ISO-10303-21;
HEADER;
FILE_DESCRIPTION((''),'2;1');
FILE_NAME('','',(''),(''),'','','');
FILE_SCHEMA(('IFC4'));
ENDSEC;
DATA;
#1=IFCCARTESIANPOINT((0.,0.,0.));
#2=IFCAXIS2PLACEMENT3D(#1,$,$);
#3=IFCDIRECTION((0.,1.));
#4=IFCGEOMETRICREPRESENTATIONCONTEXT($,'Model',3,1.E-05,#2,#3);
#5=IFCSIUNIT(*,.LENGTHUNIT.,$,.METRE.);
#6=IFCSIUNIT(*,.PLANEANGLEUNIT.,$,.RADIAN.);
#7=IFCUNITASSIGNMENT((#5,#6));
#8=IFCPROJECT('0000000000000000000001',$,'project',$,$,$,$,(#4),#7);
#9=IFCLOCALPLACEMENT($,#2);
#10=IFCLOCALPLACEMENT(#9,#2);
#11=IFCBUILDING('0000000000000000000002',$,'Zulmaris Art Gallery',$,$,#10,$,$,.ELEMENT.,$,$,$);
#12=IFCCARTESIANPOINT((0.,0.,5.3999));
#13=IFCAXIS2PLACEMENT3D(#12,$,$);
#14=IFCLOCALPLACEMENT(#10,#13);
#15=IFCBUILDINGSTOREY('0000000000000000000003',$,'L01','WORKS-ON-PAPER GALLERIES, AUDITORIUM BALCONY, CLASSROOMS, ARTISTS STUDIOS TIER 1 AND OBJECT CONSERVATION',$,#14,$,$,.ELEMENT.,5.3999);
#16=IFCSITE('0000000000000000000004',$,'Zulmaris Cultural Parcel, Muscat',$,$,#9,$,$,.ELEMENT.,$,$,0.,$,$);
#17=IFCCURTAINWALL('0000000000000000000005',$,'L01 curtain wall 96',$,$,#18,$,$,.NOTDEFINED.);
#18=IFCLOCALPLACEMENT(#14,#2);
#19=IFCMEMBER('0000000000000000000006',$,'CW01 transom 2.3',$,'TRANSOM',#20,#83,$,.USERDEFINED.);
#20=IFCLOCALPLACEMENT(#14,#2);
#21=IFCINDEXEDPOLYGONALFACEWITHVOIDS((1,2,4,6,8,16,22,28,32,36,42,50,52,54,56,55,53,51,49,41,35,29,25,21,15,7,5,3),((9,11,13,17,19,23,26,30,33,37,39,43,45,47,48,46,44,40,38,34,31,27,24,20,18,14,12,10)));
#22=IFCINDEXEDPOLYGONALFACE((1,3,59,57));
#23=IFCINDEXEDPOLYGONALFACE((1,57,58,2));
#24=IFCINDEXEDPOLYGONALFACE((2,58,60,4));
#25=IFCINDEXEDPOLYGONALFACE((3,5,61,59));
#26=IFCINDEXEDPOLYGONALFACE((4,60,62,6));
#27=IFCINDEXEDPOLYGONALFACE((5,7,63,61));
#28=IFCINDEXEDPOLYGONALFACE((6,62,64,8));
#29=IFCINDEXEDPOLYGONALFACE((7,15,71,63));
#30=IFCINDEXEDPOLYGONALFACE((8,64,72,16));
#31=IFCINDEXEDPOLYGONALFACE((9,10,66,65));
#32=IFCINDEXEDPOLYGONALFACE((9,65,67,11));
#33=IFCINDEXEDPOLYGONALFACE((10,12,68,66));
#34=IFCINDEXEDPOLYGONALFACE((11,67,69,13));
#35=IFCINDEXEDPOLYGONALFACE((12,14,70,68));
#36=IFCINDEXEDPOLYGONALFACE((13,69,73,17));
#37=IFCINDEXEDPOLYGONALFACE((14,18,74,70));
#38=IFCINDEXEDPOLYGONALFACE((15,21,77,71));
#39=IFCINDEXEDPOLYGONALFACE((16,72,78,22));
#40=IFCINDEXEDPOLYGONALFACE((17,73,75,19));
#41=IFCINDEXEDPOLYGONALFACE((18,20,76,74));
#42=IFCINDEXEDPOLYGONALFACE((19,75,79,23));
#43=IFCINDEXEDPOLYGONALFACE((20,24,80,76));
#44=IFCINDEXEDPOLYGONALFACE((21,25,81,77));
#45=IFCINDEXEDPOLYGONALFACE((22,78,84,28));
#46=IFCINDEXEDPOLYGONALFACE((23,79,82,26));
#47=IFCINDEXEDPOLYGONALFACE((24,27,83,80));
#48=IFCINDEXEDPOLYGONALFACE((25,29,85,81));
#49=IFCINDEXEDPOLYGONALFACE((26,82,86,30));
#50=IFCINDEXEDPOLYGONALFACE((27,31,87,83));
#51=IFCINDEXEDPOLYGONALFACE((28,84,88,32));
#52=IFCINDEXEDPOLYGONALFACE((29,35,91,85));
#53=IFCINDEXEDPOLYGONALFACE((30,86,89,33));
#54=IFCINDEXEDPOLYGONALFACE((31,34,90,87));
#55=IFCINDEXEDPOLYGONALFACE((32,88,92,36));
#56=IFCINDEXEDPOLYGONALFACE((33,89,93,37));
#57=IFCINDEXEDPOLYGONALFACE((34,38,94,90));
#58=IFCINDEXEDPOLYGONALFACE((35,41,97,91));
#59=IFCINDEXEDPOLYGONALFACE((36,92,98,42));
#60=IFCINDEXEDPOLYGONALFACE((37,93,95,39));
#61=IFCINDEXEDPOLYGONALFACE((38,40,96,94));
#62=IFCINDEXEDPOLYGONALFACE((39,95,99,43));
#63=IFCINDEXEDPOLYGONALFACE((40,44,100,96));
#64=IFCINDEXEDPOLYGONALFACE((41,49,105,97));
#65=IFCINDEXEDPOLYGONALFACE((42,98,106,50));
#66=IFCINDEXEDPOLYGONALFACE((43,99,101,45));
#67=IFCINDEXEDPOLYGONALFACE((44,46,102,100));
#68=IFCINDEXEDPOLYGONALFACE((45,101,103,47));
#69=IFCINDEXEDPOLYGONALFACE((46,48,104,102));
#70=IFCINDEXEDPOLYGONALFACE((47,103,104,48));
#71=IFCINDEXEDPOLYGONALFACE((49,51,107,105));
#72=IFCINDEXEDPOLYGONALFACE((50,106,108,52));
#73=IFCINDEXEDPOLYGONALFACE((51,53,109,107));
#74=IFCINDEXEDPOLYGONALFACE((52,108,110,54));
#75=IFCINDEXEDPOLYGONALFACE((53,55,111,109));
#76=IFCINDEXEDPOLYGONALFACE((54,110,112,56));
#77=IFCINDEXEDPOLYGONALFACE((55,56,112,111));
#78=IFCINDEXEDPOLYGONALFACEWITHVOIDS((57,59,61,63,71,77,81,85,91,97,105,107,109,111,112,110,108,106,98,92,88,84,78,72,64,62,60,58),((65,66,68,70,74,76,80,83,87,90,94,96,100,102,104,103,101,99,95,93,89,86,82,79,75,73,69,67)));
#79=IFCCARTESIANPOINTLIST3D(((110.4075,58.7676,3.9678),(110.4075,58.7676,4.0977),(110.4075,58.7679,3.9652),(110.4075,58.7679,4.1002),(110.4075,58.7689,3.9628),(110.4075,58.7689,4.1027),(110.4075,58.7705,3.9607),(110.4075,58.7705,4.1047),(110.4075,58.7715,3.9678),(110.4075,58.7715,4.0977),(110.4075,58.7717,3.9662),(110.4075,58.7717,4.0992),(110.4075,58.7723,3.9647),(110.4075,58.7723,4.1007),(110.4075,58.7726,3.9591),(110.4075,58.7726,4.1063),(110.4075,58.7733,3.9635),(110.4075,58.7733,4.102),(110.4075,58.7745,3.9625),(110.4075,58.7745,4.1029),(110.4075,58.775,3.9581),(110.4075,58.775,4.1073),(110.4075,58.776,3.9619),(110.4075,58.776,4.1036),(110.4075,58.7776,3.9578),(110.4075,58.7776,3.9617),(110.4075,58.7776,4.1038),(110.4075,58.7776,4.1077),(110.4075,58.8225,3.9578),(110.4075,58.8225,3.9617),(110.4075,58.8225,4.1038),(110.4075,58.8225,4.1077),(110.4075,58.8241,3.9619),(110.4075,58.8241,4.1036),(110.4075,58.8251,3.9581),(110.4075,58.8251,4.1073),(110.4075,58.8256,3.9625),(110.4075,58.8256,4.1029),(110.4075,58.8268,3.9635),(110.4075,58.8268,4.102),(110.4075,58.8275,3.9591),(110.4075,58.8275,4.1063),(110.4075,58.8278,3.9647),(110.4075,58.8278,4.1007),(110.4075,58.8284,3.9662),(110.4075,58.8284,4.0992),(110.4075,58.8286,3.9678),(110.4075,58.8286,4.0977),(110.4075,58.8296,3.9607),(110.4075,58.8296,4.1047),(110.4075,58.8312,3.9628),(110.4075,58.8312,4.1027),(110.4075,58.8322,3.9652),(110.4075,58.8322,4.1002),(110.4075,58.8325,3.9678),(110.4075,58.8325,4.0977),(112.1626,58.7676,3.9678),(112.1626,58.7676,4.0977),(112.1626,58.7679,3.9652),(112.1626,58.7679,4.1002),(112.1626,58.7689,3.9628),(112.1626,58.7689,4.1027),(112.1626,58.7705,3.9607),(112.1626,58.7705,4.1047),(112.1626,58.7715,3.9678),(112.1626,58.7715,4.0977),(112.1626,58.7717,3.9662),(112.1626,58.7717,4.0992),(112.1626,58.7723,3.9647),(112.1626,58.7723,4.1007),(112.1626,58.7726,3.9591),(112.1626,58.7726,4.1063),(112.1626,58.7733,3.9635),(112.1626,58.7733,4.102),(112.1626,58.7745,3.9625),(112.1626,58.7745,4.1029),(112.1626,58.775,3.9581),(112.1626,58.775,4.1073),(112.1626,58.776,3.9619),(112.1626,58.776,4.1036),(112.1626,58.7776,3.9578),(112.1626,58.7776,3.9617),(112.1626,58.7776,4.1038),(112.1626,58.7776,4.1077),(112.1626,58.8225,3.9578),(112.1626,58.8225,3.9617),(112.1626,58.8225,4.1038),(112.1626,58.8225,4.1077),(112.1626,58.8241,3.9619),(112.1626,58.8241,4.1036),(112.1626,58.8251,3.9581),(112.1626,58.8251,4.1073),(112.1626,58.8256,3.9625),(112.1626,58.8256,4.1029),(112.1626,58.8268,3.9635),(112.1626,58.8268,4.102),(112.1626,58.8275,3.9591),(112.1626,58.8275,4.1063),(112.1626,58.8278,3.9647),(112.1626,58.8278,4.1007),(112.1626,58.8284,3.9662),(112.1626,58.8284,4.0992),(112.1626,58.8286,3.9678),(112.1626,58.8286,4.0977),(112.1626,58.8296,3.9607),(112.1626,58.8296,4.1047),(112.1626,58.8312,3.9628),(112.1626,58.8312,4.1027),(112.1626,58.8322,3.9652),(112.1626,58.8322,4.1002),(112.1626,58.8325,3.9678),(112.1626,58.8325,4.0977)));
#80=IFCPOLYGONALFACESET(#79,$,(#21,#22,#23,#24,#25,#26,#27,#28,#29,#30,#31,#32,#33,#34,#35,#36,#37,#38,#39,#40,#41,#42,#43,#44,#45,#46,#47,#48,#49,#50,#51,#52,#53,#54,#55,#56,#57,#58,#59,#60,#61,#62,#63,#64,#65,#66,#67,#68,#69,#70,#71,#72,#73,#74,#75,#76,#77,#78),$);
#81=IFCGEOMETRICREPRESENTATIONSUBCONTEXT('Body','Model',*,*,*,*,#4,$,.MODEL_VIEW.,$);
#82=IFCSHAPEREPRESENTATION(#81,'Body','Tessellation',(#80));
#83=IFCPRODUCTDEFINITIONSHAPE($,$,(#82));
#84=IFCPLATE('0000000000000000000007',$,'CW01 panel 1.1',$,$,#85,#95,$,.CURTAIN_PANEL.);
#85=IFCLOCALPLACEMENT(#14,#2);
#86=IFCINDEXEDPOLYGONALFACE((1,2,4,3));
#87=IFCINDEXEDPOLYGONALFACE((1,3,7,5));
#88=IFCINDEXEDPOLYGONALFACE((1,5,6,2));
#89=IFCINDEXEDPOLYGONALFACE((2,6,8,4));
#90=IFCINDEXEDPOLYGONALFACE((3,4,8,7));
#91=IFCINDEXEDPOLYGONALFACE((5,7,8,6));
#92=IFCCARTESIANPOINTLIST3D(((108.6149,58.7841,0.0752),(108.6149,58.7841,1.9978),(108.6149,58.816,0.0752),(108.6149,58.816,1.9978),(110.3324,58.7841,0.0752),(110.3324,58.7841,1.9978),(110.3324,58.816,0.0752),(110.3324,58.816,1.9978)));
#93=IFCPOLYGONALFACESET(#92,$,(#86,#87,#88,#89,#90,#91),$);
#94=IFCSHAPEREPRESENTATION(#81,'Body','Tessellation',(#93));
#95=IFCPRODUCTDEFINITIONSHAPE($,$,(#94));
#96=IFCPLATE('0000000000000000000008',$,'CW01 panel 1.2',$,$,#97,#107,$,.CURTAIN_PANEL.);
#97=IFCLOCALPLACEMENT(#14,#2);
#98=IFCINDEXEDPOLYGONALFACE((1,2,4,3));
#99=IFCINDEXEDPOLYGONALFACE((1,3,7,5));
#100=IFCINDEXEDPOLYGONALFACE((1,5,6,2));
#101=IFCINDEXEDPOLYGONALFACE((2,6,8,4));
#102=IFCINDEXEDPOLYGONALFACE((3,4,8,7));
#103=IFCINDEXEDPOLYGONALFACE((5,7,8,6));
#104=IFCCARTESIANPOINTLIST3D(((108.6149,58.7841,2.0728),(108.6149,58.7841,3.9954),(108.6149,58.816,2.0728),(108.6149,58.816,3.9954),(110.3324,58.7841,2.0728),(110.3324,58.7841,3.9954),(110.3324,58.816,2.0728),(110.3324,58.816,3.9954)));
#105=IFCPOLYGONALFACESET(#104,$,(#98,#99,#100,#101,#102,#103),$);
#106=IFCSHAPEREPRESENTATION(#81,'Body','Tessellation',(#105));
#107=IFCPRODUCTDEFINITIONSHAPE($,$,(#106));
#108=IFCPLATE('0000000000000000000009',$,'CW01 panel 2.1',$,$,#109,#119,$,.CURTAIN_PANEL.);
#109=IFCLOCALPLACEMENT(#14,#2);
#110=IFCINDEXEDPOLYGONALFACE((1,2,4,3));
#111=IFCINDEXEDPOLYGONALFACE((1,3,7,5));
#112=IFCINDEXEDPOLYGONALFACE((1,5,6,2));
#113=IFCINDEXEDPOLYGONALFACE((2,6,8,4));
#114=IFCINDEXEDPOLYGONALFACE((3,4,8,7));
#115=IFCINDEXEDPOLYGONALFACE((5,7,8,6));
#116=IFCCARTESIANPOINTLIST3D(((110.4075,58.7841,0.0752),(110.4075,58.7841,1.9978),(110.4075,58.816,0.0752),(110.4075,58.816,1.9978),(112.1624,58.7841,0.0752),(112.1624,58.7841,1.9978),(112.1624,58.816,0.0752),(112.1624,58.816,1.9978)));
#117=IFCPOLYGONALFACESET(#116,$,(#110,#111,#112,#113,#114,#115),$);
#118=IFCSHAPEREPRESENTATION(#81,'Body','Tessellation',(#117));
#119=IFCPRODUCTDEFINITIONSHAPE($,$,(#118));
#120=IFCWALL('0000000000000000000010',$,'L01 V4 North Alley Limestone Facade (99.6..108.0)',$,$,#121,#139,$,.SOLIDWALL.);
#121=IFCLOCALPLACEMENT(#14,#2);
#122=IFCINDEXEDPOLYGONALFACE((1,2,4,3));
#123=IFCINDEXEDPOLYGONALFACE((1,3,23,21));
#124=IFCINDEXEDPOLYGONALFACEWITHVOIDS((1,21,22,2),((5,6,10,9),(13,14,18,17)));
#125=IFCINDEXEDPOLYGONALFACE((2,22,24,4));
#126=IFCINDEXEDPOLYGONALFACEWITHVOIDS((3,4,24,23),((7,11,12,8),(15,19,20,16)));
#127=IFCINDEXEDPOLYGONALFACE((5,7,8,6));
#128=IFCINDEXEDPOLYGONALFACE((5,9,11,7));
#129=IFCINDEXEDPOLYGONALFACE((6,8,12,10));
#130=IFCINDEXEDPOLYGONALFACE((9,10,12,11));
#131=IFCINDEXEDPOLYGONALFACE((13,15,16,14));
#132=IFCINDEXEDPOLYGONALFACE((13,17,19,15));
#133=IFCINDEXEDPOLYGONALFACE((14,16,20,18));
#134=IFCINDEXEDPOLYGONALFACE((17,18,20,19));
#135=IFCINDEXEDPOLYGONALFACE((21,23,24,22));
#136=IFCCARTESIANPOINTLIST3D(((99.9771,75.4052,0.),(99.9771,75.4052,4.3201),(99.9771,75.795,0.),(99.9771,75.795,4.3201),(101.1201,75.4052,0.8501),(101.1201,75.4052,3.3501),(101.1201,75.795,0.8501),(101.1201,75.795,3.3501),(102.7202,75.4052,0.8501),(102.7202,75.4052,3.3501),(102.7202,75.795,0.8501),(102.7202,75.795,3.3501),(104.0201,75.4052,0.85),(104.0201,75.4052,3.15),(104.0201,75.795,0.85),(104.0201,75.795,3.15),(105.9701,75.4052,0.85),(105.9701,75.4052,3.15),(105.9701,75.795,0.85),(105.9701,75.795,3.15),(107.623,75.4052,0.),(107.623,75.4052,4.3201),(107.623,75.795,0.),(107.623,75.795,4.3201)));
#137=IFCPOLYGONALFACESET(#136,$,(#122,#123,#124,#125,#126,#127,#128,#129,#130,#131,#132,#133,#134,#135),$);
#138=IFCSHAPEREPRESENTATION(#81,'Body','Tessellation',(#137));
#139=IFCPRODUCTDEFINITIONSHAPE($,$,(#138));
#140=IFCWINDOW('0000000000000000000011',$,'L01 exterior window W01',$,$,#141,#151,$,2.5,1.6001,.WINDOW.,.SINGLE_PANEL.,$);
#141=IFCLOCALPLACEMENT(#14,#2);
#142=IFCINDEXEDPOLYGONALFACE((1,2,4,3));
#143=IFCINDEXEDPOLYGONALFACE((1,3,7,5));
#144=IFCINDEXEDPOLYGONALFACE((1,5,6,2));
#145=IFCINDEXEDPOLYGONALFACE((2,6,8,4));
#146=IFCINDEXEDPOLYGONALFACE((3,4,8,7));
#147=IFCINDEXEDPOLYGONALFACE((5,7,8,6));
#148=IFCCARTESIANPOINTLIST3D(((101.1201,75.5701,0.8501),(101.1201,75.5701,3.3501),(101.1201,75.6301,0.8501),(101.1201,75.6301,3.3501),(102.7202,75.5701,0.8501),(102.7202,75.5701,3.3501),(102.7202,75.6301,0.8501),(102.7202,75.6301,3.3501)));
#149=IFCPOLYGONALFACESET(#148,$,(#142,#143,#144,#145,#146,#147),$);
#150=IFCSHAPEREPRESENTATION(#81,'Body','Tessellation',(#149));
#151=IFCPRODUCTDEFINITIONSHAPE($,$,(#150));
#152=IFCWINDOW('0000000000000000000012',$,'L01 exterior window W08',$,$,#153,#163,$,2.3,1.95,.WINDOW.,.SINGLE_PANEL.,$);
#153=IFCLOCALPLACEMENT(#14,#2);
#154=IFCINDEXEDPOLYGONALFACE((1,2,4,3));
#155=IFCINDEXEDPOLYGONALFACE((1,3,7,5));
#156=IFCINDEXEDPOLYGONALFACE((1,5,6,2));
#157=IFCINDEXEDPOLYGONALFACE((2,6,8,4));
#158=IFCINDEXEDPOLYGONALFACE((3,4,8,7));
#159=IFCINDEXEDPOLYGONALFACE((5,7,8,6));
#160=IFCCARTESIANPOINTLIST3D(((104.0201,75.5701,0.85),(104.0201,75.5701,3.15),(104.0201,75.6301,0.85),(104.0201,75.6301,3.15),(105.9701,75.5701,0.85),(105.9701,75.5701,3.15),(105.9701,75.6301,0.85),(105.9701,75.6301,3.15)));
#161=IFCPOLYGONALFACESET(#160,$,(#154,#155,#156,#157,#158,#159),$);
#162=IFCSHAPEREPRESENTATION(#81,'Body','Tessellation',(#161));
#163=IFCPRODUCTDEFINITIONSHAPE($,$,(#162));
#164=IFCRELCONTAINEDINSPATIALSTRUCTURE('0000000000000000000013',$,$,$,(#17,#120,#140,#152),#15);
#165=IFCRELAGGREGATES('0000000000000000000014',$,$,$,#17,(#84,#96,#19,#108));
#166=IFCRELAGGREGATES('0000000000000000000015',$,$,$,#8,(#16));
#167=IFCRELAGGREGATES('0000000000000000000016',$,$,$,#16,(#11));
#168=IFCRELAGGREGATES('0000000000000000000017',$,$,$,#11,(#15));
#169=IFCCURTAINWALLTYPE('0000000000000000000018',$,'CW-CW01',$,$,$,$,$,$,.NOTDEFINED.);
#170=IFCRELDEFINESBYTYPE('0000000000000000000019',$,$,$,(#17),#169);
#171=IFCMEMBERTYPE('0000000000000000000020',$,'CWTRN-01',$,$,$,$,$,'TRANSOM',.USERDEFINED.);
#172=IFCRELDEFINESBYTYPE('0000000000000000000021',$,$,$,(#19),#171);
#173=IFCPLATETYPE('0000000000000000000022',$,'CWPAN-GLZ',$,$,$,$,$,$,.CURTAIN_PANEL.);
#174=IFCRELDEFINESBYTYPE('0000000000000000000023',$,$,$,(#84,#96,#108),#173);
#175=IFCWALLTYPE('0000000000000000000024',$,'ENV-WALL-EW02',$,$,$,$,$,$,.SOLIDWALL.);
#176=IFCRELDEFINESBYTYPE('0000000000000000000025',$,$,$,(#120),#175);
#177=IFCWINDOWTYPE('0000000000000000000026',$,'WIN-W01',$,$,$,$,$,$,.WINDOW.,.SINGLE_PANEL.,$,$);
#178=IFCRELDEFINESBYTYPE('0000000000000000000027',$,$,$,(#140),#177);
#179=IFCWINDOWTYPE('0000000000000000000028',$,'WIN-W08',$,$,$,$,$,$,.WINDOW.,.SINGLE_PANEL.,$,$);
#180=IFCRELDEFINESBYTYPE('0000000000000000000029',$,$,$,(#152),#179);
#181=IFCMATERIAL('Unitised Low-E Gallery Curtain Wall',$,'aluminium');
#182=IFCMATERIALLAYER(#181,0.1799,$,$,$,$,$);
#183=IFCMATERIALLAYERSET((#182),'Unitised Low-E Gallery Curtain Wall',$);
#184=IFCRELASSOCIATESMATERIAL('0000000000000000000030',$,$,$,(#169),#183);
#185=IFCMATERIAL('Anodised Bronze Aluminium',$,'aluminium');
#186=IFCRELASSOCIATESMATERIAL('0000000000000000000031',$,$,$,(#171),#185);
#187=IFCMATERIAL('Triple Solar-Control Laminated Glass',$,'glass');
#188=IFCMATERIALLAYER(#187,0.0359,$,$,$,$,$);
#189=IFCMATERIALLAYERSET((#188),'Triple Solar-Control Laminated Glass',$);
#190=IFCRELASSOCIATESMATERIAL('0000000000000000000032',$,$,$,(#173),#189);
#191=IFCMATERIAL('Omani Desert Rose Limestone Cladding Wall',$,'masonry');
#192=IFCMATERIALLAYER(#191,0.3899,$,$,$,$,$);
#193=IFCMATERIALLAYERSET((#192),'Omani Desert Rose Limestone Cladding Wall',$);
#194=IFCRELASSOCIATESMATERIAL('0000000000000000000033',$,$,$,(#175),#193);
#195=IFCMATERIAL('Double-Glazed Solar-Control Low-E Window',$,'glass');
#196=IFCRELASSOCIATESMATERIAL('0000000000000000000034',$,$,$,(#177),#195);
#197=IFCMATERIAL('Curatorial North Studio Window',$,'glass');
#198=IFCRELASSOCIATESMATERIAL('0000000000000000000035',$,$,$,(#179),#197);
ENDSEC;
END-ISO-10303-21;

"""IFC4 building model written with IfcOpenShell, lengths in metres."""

from ifc_helpers import new_model, si_unit, direction, frame, frame_2d, origin, origin_2d, place, context, subcontext, project, spatial, rectangle, hollow_rectangle, extrude, material, layer, layer_set, material_profile, profile_set, type_object, element, fill, aggregate, save


model = new_model("IFC4")

# Units and contexts
model_context = context("Model", 3, precision=1e-05, world=origin(), true_north=direction((0.0, 1.0)))
body_context = subcontext(model_context, "Body", "Model", "MODEL_VIEW")
ifc_project = project(units=[si_unit("LENGTHUNIT", "METRE"), si_unit("PLANEANGLEUNIT", "RADIAN")], contexts=[model_context])

# Site, building, storey
site_placement = place(None, origin())
site = spatial("IfcSite", under=ifc_project, at=site_placement, Name="Zulmaris Cultural Parcel, Muscat", CompositionType="ELEMENT", RefElevation=0.0)
building_placement = place(site_placement, origin())
building = spatial("IfcBuilding", under=site, at=building_placement, Name="Zulmaris Art Gallery", CompositionType="ELEMENT")
storey_placement = place(building_placement, frame((0.0, 0.0, 5.3999)))
storey = spatial("IfcBuildingStorey", under=building, at=storey_placement, Name="L01", Description="WORKS-ON-PAPER GALLERIES, AUDITORIUM BALCONY, CLASSROOMS, ARTISTS STUDIOS TIER 1 AND OBJECT CONSERVATION", CompositionType="ELEMENT", Elevation=5.3999)

# Curtain wall, member, plates
ifc_material_1 = material(Name="Unitised Low-E Gallery Curtain Wall", Category="aluminium")
ifc_layer_1 = layer(ifc_material_1, 0.1799)
ifc_layer_set_1 = layer_set([ifc_layer_1], Name="Unitised Low-E Gallery Curtain Wall")
curtain_wall_type = type_object("IfcCurtainWallType", Name="CW-CW01", PredefinedType="NOTDEFINED", material=ifc_layer_set_1)
curtain_wall_placement = place(storey_placement, origin())
curtain_wall = element("IfcCurtainWall", 1, at=curtain_wall_placement, inside=storey, type_object=curtain_wall_type, Name="L01 curtain wall 96", PredefinedType="NOTDEFINED")
ifc_material_2 = material(Name="Anodised Bronze Aluminium", Category="aluminium")
ifc_material_profile_1 = material_profile(ifc_material_2, hollow_rectangle(XDim=0.0649, YDim=0.1499, WallThickness=0.0039, InnerFilletRadius=0.0061, OuterFilletRadius=0.01, at=origin_2d()), Name="ALU 65x150x4")
ifc_profile_set_1 = profile_set([ifc_material_profile_1], Name="Anodised Bronze Aluminium")
member_type_1 = type_object("IfcMemberType", Name="CWTRN-01", ElementType="TRANSOM", PredefinedType="USERDEFINED", material=ifc_profile_set_1)
member_1_placement = place(storey_placement, frame((110.4075, 58.8, 4.0327), z_axis=(1.0, 0.0, 0.0), x_axis=(0.0, 1.0, 0.0)))
member_1 = element("IfcMember", 2, at=member_1_placement, type_object=member_type_1, Name="CW01 transom 2.3", ObjectType="TRANSOM", PredefinedType="USERDEFINED", context=body_context, shape_type="SweptSolid", body=[
    extrude(hollow_rectangle(XDim=0.0649, YDim=0.1499, WallThickness=0.0039, InnerFilletRadius=0.0061, OuterFilletRadius=0.01, at=origin_2d()), origin(), (0.0, 0.0, 1.0), 1.7551),
])
ifc_material_3 = material(Name="Triple Solar-Control Laminated Glass", Category="glass")
ifc_layer_2 = layer(ifc_material_3, 0.0359)
ifc_layer_set_2 = layer_set([ifc_layer_2], Name="Triple Solar-Control Laminated Glass")
plate_type = type_object("IfcPlateType", Name="CWPAN-GLZ", PredefinedType="CURTAIN_PANEL", material=ifc_layer_set_2)
plate_1_placement = place(storey_placement, frame((109.4736, 58.8, 0.0752), z_axis=(0.0, 0.0, 1.0), x_axis=(1.0, 0.0, 0.0)))
plate_1 = element("IfcPlate", 3, at=plate_1_placement, type_object=plate_type, Name="CW01 panel 1.1", PredefinedType="CURTAIN_PANEL", context=body_context, shape_type="SweptSolid", body=[
    extrude(rectangle(XDim=1.7175, YDim=0.032, at=origin_2d()), origin(), (0.0, 0.0, 1.0), 1.9226),
])
plate_2_placement = place(storey_placement, frame((109.4736, 58.8, 2.0728), z_axis=(0.0, 0.0, 1.0), x_axis=(1.0, 0.0, 0.0)))
plate_2 = element("IfcPlate", 4, at=plate_2_placement, type_object=plate_type, Name="CW01 panel 1.2", PredefinedType="CURTAIN_PANEL", context=body_context, shape_type="SweptSolid", body=[
    extrude(rectangle(XDim=1.7175, YDim=0.032, at=origin_2d()), origin(), (0.0, 0.0, 1.0), 1.9226),
])
plate_3_placement = place(storey_placement, frame((111.2849, 58.8, 0.0752), z_axis=(0.0, 0.0, 1.0), x_axis=(1.0, 0.0, 0.0)))
plate_3 = element("IfcPlate", 5, at=plate_3_placement, type_object=plate_type, Name="CW01 panel 2.1", PredefinedType="CURTAIN_PANEL", context=body_context, shape_type="SweptSolid", body=[
    extrude(rectangle(XDim=1.7549, YDim=0.032, at=origin_2d()), origin(), (0.0, 0.0, 1.0), 1.9226),
])
aggregate(curtain_wall, [plate_1, plate_2, member_1, plate_3])

# Wall, openings, windows
ifc_material_4 = material(Name="Omani Desert Rose Limestone Cladding Wall", Category="masonry")
ifc_layer_3 = layer(ifc_material_4, 0.3899)
ifc_layer_set_3 = layer_set([ifc_layer_3], Name="Omani Desert Rose Limestone Cladding Wall")
wall_type = type_object("IfcWallType", Name="ENV-WALL-EW02", PredefinedType="SOLIDWALL", material=ifc_layer_set_3)
wall_1_placement = place(storey_placement, frame((99.9771, 75.6001, 0.0), z_axis=(0.0, 0.0, 1.0), x_axis=(1.0, 0.0, 0.0)))
wall_1 = element("IfcWall", 6, at=wall_1_placement, inside=storey, type_object=wall_type, Name="L01 V4 North Alley Limestone Facade (99.6..108.0)", PredefinedType="SOLIDWALL", context=body_context, shape_type="SweptSolid", body=[
    extrude(rectangle(XDim=7.646, YDim=0.3899, at=frame_2d((3.823, 0.0))), origin(), (0.0, 0.0, 1.0), 4.3201),
])
opening_1_placement = place(wall_1_placement, frame((1.1431, 0.0, 0.8501)))
opening_1 = element("IfcOpeningElement", 7, at=opening_1_placement, cuts=wall_1, PredefinedType="OPENING", context=body_context, shape_type="SweptSolid", body=[
    extrude(rectangle(XDim=1.6001, YDim=2.5, at=frame_2d((0.8, 1.25))), frame((0.0, 0.2048, 0.0), z_axis=(0.0, -1.0, 0.0), x_axis=(1.0, 0.0, 0.0)), (0.0, 0.0, 1.0), 0.4099),
])
opening_2_placement = place(wall_1_placement, frame((4.043, 0.0, 0.8501)))
opening_2 = element("IfcOpeningElement", 8, at=opening_2_placement, cuts=wall_1, PredefinedType="OPENING", context=body_context, shape_type="SweptSolid", body=[
    extrude(rectangle(XDim=1.95, YDim=2.3, at=frame_2d((0.9751, 1.1499))), frame((0.0, 0.2048, 0.0), z_axis=(0.0, -1.0, 0.0), x_axis=(1.0, 0.0, 0.0)), (0.0, 0.0, 1.0), 0.4099),
])
ifc_material_5 = material(Name="Double-Glazed Solar-Control Low-E Window", Category="glass")
window_type_1 = type_object("IfcWindowType", Name="WIN-W01", PartitioningType="SINGLE_PANEL", PredefinedType="WINDOW", material=ifc_material_5)
window_1_placement = place(opening_1_placement, origin())
window_1 = element("IfcWindow", 9, at=window_1_placement, inside=storey, type_object=window_type_1, Name="L01 exterior window W01", OverallHeight=2.5, OverallWidth=1.6001, PartitioningType="SINGLE_PANEL", PredefinedType="WINDOW", context=body_context, shape_type="SweptSolid", body=[
    extrude(rectangle(XDim=1.6001, YDim=2.5, at=frame_2d((0.8, 1.25))), frame((0.0, 0.03, 0.0), z_axis=(0.0, -1.0, 0.0), x_axis=(1.0, 0.0, 0.0)), (0.0, 0.0, 1.0), 0.0601),
])
fill(opening_1, window_1)
ifc_material_6 = material(Name="Curatorial North Studio Window", Category="glass")
window_type_2 = type_object("IfcWindowType", Name="WIN-W08", PartitioningType="SINGLE_PANEL", PredefinedType="WINDOW", material=ifc_material_6)
window_2_placement = place(opening_2_placement, origin())
window_2 = element("IfcWindow", 10, at=window_2_placement, inside=storey, type_object=window_type_2, Name="L01 exterior window W08", OverallHeight=2.3, OverallWidth=1.95, PartitioningType="SINGLE_PANEL", PredefinedType="WINDOW", context=body_context, shape_type="SweptSolid", body=[
    extrude(rectangle(XDim=1.95, YDim=2.3, at=frame_2d((0.9751, 1.1499))), frame((0.0, 0.03, 0.0), z_axis=(0.0, -1.0, 0.0), x_axis=(1.0, 0.0, 0.0)), (0.0, 0.0, 1.0), 0.0601),
])
fill(opening_2, window_2)

save(model, "model.ifc")
